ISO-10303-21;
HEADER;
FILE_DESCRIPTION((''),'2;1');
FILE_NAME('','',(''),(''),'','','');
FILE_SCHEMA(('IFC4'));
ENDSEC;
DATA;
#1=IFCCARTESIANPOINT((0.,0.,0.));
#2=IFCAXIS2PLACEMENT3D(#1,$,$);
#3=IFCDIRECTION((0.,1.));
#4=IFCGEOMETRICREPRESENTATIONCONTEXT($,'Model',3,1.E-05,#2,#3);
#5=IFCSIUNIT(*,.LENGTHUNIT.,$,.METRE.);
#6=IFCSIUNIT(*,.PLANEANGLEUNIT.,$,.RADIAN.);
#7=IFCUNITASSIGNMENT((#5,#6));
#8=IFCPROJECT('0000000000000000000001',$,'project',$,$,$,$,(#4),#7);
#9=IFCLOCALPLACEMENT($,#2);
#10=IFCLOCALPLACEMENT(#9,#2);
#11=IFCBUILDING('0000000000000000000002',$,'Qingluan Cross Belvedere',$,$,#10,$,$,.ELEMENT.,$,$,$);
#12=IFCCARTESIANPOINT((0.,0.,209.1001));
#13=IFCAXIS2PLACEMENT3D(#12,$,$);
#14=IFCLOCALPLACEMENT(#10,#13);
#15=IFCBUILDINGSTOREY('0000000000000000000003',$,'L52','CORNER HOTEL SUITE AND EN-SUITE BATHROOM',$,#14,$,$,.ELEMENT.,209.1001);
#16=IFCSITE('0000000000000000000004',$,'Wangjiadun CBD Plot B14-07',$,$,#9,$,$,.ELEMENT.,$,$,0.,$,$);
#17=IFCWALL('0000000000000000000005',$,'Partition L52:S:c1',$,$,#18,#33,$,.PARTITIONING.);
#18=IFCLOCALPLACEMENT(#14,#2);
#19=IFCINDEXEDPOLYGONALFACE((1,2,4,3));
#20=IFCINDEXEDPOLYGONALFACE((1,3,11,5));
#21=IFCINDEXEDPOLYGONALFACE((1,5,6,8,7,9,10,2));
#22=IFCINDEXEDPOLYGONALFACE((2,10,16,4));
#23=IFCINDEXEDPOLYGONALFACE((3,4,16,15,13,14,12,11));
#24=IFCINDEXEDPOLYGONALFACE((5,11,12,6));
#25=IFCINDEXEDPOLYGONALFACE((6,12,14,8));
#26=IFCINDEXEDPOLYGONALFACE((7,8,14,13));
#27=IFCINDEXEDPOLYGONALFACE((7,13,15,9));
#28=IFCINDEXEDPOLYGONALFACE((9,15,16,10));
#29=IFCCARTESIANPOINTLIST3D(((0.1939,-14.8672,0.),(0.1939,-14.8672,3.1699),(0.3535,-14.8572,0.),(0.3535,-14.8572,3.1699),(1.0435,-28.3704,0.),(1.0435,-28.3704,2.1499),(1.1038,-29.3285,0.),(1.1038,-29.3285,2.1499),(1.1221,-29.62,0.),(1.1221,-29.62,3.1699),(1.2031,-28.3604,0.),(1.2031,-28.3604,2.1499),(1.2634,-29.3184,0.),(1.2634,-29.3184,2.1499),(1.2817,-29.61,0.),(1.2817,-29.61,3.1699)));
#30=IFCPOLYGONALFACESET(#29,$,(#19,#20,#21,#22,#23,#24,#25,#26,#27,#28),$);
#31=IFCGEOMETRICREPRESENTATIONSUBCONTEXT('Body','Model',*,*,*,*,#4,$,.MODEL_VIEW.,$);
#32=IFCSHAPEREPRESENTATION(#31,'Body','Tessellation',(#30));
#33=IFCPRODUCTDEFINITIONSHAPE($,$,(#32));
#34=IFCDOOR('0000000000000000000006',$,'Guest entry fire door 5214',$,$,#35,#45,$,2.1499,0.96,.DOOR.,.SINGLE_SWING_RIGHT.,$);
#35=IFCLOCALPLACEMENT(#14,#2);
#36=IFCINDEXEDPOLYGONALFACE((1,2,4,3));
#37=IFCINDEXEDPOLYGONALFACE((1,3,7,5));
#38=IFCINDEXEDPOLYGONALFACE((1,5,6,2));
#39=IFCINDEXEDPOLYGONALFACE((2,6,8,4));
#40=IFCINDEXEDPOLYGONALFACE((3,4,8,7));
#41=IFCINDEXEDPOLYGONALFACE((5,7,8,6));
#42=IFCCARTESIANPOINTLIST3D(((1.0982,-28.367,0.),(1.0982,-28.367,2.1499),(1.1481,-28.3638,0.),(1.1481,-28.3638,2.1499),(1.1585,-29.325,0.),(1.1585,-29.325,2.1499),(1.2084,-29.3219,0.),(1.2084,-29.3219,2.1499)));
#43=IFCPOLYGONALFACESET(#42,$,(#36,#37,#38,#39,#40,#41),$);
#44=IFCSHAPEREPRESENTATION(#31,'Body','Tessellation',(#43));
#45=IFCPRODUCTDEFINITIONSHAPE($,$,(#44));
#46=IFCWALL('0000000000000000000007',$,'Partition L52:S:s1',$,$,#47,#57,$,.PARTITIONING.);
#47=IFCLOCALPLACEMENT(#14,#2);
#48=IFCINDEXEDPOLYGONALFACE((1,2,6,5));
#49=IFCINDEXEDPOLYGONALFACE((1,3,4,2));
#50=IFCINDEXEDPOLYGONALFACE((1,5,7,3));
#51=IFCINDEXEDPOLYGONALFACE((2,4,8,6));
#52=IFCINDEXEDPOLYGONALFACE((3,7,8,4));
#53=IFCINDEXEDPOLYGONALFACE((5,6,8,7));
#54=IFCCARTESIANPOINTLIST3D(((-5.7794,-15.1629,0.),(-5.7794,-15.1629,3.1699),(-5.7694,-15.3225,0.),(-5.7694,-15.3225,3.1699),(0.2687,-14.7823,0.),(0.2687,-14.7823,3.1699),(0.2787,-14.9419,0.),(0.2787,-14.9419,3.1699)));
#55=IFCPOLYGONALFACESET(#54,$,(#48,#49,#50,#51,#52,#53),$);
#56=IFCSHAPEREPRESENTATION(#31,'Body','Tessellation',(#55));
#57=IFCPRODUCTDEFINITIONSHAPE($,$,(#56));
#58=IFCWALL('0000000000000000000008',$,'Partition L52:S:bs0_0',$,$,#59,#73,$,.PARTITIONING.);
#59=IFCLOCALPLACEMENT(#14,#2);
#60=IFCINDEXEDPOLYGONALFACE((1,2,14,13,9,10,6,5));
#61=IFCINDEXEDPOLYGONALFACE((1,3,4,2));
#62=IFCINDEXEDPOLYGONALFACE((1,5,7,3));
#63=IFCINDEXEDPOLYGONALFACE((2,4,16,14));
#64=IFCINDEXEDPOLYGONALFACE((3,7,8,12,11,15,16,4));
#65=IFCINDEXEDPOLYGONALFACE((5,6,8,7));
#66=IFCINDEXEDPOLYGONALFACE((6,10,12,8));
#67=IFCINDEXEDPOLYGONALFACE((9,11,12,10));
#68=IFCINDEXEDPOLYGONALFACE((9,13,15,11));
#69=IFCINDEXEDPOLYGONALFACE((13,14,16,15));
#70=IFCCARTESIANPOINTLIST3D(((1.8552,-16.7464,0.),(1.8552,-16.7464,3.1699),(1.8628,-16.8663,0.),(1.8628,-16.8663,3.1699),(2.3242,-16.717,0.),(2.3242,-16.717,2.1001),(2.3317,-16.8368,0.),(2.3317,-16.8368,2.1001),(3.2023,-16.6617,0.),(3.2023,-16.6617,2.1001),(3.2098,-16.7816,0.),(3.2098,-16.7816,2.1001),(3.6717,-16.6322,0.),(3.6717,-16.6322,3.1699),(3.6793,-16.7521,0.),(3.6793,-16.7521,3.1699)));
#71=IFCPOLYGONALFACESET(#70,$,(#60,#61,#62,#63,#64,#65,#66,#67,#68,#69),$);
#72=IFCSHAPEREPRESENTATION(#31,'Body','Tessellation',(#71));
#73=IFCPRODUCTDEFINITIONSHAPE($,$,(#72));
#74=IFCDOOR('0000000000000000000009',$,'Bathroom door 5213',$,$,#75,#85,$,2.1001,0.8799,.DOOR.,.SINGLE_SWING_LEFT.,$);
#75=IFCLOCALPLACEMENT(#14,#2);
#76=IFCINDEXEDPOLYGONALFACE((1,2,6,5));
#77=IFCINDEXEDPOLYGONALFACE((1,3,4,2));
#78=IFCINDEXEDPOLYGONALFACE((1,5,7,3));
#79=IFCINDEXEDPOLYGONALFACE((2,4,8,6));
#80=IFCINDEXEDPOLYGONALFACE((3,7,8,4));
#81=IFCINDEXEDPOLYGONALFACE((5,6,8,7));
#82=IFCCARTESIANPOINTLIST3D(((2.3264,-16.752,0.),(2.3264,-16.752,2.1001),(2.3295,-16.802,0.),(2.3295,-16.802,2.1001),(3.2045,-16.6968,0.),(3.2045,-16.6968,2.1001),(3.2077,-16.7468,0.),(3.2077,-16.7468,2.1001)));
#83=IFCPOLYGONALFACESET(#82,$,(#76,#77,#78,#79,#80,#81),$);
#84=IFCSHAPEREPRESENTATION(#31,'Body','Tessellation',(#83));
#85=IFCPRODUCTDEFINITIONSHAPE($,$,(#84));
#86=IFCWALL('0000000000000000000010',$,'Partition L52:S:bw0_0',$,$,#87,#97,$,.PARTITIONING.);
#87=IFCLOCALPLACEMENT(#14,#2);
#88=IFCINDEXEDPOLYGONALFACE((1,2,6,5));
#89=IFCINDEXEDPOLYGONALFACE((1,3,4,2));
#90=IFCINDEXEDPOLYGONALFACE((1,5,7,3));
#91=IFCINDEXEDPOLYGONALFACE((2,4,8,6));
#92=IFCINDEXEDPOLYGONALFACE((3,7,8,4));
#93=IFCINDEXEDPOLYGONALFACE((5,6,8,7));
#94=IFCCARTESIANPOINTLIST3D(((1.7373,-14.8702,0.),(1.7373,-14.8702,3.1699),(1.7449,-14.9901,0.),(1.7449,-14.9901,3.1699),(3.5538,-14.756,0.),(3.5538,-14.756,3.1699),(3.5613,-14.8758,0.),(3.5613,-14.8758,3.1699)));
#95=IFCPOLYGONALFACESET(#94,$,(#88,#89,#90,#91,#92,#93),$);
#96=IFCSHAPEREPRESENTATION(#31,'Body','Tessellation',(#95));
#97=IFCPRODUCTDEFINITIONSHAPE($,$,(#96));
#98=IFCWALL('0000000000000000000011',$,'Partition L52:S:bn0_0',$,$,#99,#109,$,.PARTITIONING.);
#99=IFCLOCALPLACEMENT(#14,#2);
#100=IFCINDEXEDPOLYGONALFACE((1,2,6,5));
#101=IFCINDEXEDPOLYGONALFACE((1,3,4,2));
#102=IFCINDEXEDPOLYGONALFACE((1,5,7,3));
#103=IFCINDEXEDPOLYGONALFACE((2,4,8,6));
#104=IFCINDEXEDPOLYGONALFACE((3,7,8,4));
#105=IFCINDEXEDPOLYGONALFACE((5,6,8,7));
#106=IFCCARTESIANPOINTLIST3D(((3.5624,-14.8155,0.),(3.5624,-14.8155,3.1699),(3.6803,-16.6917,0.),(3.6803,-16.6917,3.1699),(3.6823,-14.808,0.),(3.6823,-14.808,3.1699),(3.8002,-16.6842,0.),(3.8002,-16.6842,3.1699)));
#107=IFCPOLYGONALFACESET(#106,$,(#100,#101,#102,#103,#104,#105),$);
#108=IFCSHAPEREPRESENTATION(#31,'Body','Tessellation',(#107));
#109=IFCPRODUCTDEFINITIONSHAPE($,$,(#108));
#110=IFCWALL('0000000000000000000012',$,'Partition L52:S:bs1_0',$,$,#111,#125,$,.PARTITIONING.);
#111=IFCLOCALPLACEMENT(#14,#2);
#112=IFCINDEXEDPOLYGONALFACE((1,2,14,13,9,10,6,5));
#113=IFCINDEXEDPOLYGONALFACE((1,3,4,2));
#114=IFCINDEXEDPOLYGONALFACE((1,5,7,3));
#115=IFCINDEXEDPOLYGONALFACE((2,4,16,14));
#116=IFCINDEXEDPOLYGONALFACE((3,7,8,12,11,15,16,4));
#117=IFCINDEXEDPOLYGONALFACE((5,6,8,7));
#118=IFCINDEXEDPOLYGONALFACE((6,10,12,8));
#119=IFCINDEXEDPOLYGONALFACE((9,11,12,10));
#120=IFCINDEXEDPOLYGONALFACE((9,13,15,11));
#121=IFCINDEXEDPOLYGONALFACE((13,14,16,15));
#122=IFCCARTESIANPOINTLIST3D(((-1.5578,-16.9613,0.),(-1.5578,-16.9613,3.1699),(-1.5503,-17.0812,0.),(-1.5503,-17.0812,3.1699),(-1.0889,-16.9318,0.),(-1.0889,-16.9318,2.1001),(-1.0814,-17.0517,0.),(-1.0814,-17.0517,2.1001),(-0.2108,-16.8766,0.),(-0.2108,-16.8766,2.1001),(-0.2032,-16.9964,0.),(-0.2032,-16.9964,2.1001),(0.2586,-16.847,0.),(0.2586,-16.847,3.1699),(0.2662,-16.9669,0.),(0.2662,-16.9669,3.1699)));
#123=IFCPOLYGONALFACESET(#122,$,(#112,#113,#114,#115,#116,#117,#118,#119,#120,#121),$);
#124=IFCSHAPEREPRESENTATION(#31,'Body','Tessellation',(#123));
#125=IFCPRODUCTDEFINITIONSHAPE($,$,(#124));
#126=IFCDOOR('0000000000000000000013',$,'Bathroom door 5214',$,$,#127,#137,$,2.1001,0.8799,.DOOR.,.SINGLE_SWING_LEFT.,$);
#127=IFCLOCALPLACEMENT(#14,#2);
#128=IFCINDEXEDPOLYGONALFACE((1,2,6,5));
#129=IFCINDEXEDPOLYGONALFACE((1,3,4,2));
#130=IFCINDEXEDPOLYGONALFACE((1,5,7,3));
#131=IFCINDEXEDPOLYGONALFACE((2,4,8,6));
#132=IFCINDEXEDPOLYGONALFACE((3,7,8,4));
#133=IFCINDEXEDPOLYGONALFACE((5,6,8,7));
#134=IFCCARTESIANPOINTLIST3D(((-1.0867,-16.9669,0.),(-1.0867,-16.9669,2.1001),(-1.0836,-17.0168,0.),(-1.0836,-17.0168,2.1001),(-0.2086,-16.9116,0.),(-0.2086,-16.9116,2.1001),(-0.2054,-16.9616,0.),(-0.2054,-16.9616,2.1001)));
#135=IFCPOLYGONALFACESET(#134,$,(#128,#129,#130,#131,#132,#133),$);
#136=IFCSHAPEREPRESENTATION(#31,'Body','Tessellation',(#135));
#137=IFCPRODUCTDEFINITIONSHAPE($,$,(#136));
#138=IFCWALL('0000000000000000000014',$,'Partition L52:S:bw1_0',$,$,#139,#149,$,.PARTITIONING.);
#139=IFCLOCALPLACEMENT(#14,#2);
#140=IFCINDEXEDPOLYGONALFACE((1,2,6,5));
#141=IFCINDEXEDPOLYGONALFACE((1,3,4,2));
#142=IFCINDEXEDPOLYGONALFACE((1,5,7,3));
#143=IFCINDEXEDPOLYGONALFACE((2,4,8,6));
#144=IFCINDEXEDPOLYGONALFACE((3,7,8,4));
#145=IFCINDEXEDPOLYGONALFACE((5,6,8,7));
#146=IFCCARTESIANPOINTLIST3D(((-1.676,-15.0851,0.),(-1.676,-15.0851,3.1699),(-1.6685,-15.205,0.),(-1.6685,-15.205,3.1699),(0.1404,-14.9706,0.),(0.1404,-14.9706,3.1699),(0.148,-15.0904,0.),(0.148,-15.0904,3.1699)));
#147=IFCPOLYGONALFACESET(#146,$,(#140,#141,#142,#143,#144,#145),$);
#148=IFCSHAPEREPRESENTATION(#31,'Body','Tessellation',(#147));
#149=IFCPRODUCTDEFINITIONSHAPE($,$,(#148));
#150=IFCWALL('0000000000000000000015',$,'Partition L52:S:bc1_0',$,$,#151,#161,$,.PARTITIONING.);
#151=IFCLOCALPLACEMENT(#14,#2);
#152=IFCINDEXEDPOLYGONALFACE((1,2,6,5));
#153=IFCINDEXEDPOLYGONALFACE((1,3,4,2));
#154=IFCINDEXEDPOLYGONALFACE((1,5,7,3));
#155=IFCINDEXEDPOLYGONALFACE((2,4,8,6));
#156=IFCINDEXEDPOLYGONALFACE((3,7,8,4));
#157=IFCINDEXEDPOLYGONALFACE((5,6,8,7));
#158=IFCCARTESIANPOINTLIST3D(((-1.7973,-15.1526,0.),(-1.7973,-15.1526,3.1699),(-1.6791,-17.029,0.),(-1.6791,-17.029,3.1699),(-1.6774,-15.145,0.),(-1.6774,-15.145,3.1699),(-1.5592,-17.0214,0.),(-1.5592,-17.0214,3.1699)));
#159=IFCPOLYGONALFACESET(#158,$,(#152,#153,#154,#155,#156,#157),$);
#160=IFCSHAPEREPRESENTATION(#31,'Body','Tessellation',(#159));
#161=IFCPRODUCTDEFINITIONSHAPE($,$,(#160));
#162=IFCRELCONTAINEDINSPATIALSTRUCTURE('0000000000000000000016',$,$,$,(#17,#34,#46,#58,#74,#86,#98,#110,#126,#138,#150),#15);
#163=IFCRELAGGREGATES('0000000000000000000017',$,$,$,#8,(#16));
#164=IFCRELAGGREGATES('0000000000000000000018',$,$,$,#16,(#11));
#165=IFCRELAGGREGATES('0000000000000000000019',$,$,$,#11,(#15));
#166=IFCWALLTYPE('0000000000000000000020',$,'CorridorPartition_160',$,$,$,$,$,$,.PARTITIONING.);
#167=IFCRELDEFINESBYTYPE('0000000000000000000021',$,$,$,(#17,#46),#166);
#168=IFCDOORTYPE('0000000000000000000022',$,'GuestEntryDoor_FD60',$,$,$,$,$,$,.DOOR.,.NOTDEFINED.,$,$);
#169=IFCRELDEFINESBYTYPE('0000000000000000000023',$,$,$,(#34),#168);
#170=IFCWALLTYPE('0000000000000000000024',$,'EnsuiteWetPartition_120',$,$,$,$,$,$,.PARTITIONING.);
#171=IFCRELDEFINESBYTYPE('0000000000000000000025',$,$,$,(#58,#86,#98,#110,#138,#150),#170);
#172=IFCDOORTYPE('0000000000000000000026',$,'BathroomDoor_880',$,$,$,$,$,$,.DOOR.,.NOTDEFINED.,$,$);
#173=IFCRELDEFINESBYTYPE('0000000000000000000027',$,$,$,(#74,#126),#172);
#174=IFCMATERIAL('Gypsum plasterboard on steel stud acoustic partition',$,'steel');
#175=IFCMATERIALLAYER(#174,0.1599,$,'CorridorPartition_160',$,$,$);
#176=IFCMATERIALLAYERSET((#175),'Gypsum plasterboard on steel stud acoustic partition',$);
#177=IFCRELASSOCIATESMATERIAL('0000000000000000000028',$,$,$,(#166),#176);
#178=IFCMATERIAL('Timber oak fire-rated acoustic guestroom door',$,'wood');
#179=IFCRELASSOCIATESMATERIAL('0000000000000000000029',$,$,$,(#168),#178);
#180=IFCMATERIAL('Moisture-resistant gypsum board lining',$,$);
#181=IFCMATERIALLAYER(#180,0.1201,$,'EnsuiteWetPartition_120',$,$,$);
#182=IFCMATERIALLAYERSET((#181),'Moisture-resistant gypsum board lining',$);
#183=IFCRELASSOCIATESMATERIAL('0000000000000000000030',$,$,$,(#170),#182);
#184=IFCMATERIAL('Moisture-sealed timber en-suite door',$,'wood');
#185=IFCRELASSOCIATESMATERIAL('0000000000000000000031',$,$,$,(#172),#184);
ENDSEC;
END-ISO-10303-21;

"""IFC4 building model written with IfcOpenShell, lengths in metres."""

from ifc_helpers import new_model, si_unit, direction, frame, frame_2d, origin, place, context, subcontext, project, spatial, rectangle, extrude, material, layer, layer_set, type_object, element, fill, save


model = new_model("IFC4")

# Units and contexts
model_context = context("Model", 3, precision=1e-05, world=origin(), true_north=direction((0.0, 1.0)))
body_context = subcontext(model_context, "Body", "Model", "MODEL_VIEW")
ifc_project = project(units=[si_unit("LENGTHUNIT", "METRE"), si_unit("PLANEANGLEUNIT", "RADIAN")], contexts=[model_context])

# Site, building, storey
site_placement = place(None, origin())
site = spatial("IfcSite", under=ifc_project, at=site_placement, Name="Wangjiadun CBD Plot B14-07", CompositionType="ELEMENT", RefElevation=0.0)
building_placement = place(site_placement, origin())
building = spatial("IfcBuilding", under=site, at=building_placement, Name="Qingluan Cross Belvedere", CompositionType="ELEMENT")
storey_placement = place(building_placement, frame((0.0, 0.0, 209.1001)))
storey = spatial("IfcBuildingStorey", under=building, at=storey_placement, Name="L52", Description="CORNER HOTEL SUITE AND EN-SUITE BATHROOM", CompositionType="ELEMENT", Elevation=209.1001)

# Shared definitions
ifc_material_1 = material(Name="Gypsum plasterboard on steel stud acoustic partition", Category="steel")
ifc_layer_1 = layer(ifc_material_1, 0.1599, Name="CorridorPartition_160")
ifc_layer_set_1 = layer_set([ifc_layer_1], Name="Gypsum plasterboard on steel stud acoustic partition")
wall_type_1 = type_object("IfcWallType", Name="CorridorPartition_160", PredefinedType="PARTITIONING", material=ifc_layer_set_1)

# Shared definitions
ifc_material_2 = material(Name="Timber oak fire-rated acoustic guestroom door", Category="wood")
door_type_1 = type_object("IfcDoorType", Name="GuestEntryDoor_FD60", OperationType="NOTDEFINED", PredefinedType="DOOR", material=ifc_material_2)

# Wall, opening, door
wall_1_placement = place(storey_placement, frame((0.2737, -14.8621, 0.0), z_axis=(0.0, 0.0, 1.0), x_axis=(0.062794, -0.998027, 0.0)))
wall_1 = element("IfcWall", 1, at=wall_1_placement, inside=storey, type_object=wall_type_1, Name="Partition L52:S:c1", PredefinedType="PARTITIONING", context=body_context, shape_type="SweptSolid", body=[
    extrude(rectangle(XDim=14.782, YDim=0.1599, at=frame_2d((7.3911, 0.0))), origin(), (0.0, 0.0, 1.0), 3.1699),
])
opening_1_placement = place(wall_1_placement, frame((13.53, 0.0, 0.0)))
opening_1 = element("IfcOpeningElement", 2, at=opening_1_placement, cuts=wall_1, PredefinedType="OPENING", context=body_context, shape_type="SweptSolid", body=[
    extrude(rectangle(XDim=0.96, YDim=2.1499, at=frame_2d((0.48, 1.075))), frame((0.0, 0.0898, 0.0), z_axis=(0.0, -1.0, 0.0), x_axis=(1.0, 0.0, 0.0)), (0.0, 0.0, 1.0), 0.1799),
])
door_1_placement = place(opening_1_placement, origin())
door_1 = element("IfcDoor", 3, at=door_1_placement, inside=storey, type_object=door_type_1, Name="Guest entry fire door 5214", OperationType="SINGLE_SWING_RIGHT", OverallHeight=2.1499, OverallWidth=0.96, PredefinedType="DOOR", context=body_context, shape_type="SweptSolid", body=[
    extrude(rectangle(XDim=0.96, YDim=2.1499, at=frame_2d((0.48, 1.075))), frame((0.0, 0.0249, 0.0), z_axis=(0.0, -1.0, 0.0), x_axis=(1.0, 0.0, 0.0)), (0.0, 0.0, 1.0), 0.05),
])
fill(opening_1, door_1)

# Wall
wall_2_placement = place(storey_placement, frame((0.2737, -14.8621, 0.0), z_axis=(0.0, 0.0, 1.0), x_axis=(-0.998026, -0.062807, 0.0)))
element("IfcWall", 4, at=wall_2_placement, inside=storey, type_object=wall_type_1, Name="Partition L52:S:s1", PredefinedType="PARTITIONING", context=body_context, shape_type="SweptSolid", body=[
    extrude(rectangle(XDim=6.0601, YDim=0.1599, at=frame_2d((3.03, 0.0))), origin(), (0.0, 0.0, 1.0), 3.1699),
])

# Wall, opening, door
ifc_material_3 = material(Name="Moisture-resistant gypsum board lining")
ifc_layer_2 = layer(ifc_material_3, 0.1201, Name="EnsuiteWetPartition_120")
ifc_layer_set_2 = layer_set([ifc_layer_2], Name="Moisture-resistant gypsum board lining")
wall_type_2 = type_object("IfcWallType", Name="EnsuiteWetPartition_120", PredefinedType="PARTITIONING", material=ifc_layer_set_2)
wall_3_placement = place(storey_placement, frame((1.8589, -16.8064, 0.0), z_axis=(0.0, 0.0, 1.0), x_axis=(0.998027, 0.062779, 0.0)))
wall_3 = element("IfcWall", 5, at=wall_3_placement, inside=storey, type_object=wall_type_2, Name="Partition L52:S:bs0_0", PredefinedType="PARTITIONING", context=body_context, shape_type="SweptSolid", body=[
    extrude(rectangle(XDim=1.8201, YDim=0.1201, at=frame_2d((0.9102, 0.0))), origin(), (0.0, 0.0, 1.0), 3.1699),
])
opening_2_placement = place(wall_3_placement, frame((0.47, 0.0, 0.0)))
opening_2 = element("IfcOpeningElement", 6, at=opening_2_placement, cuts=wall_3, PredefinedType="OPENING", context=body_context, shape_type="SweptSolid", body=[
    extrude(rectangle(XDim=0.8799, YDim=2.1001, at=frame_2d((0.4399, 1.05))), frame((0.0, 0.0701, 0.0), z_axis=(0.0, -1.0, 0.0), x_axis=(1.0, 0.0, 0.0)), (0.0, 0.0, 1.0), 0.1401),
])
ifc_material_4 = material(Name="Moisture-sealed timber en-suite door", Category="wood")
door_type_2 = type_object("IfcDoorType", Name="BathroomDoor_880", OperationType="NOTDEFINED", PredefinedType="DOOR", material=ifc_material_4)
door_2_placement = place(opening_2_placement, origin())
door_2 = element("IfcDoor", 7, at=door_2_placement, inside=storey, type_object=door_type_2, Name="Bathroom door 5213", OperationType="SINGLE_SWING_LEFT", OverallHeight=2.1001, OverallWidth=0.8799, PredefinedType="DOOR", context=body_context, shape_type="SweptSolid", body=[
    extrude(rectangle(XDim=0.8799, YDim=2.1001, at=frame_2d((0.4399, 1.05))), frame((0.0, 0.0249, 0.0), z_axis=(0.0, -1.0, 0.0), x_axis=(1.0, 0.0, 0.0)), (0.0, 0.0, 1.0), 0.05),
])
fill(opening_2, door_2)

# Walls
wall_4_placement = place(storey_placement, frame((1.741, -14.9302, 0.0), z_axis=(0.0, 0.0, 1.0), x_axis=(0.998027, 0.062779, 0.0)))
element("IfcWall", 8, at=wall_4_placement, inside=storey, type_object=wall_type_2, Name="Partition L52:S:bw0_0", PredefinedType="PARTITIONING", context=body_context, shape_type="SweptSolid", body=[
    extrude(rectangle(XDim=1.8201, YDim=0.1201, at=frame_2d((0.9102, 0.0))), origin(), (0.0, 0.0, 1.0), 3.1699),
])
wall_5_placement = place(storey_placement, frame((3.6223, -14.8118, 0.0), z_axis=(0.0, 0.0, 1.0), x_axis=(0.062726, -0.998031, 0.0)))
element("IfcWall", 9, at=wall_5_placement, inside=storey, type_object=wall_type_2, Name="Partition L52:S:bn0_0", PredefinedType="PARTITIONING", context=body_context, shape_type="SweptSolid", body=[
    extrude(rectangle(XDim=1.8799, YDim=0.1201, at=frame_2d((0.9399, 0.0))), origin(), (0.0, 0.0, 1.0), 3.1699),
])

# Wall, opening, door
wall_6_placement = place(storey_placement, frame((-1.5542, -17.0212, 0.0), z_axis=(0.0, 0.0, 1.0), x_axis=(0.998027, 0.062779, 0.0)))
wall_6 = element("IfcWall", 10, at=wall_6_placement, inside=storey, type_object=wall_type_2, Name="Partition L52:S:bs1_0", PredefinedType="PARTITIONING", context=body_context, shape_type="SweptSolid", body=[
    extrude(rectangle(XDim=1.8201, YDim=0.1201, at=frame_2d((0.9102, 0.0))), origin(), (0.0, 0.0, 1.0), 3.1699),
])
opening_3_placement = place(wall_6_placement, frame((0.47, 0.0, 0.0)))
opening_3 = element("IfcOpeningElement", 11, at=opening_3_placement, cuts=wall_6, PredefinedType="OPENING", context=body_context, shape_type="SweptSolid", body=[
    extrude(rectangle(XDim=0.8799, YDim=2.1001, at=frame_2d((0.4399, 1.05))), frame((0.0, 0.0701, 0.0), z_axis=(0.0, -1.0, 0.0), x_axis=(1.0, 0.0, 0.0)), (0.0, 0.0, 1.0), 0.1401),
])
door_3_placement = place(opening_3_placement, origin())
door_3 = element("IfcDoor", 12, at=door_3_placement, inside=storey, type_object=door_type_2, Name="Bathroom door 5214", OperationType="SINGLE_SWING_LEFT", OverallHeight=2.1001, OverallWidth=0.8799, PredefinedType="DOOR", context=body_context, shape_type="SweptSolid", body=[
    extrude(rectangle(XDim=0.8799, YDim=2.1001, at=frame_2d((0.4399, 1.05))), frame((0.0, 0.0249, 0.0), z_axis=(0.0, -1.0, 0.0), x_axis=(1.0, 0.0, 0.0)), (0.0, 0.0, 1.0), 0.05),
])
fill(opening_3, door_3)

# Walls
wall_7_placement = place(storey_placement, frame((-1.6724, -15.145, 0.0), z_axis=(0.0, 0.0, 1.0), x_axis=(0.998019, 0.062913, 0.0)))
element("IfcWall", 13, at=wall_7_placement, inside=storey, type_object=wall_type_2, Name="Partition L52:S:bw1_0", PredefinedType="PARTITIONING", context=body_context, shape_type="SweptSolid", body=[
    extrude(rectangle(XDim=1.8201, YDim=0.1201, at=frame_2d((0.9102, 0.0))), origin(), (0.0, 0.0, 1.0), 3.1699),
])
wall_8_placement = place(storey_placement, frame((-1.7373, -15.1489, 0.0), z_axis=(0.0, 0.0, 1.0), x_axis=(0.062847, -0.998023, 0.0)))
element("IfcWall", 14, at=wall_8_placement, inside=storey, type_object=wall_type_2, Name="Partition L52:S:bc1_0", PredefinedType="PARTITIONING", context=body_context, shape_type="SweptSolid", body=[
    extrude(rectangle(XDim=1.8801, YDim=0.1201, at=frame_2d((0.9399, 0.0))), origin(), (0.0, 0.0, 1.0), 3.1699),
])

save(model, "model.ifc")
